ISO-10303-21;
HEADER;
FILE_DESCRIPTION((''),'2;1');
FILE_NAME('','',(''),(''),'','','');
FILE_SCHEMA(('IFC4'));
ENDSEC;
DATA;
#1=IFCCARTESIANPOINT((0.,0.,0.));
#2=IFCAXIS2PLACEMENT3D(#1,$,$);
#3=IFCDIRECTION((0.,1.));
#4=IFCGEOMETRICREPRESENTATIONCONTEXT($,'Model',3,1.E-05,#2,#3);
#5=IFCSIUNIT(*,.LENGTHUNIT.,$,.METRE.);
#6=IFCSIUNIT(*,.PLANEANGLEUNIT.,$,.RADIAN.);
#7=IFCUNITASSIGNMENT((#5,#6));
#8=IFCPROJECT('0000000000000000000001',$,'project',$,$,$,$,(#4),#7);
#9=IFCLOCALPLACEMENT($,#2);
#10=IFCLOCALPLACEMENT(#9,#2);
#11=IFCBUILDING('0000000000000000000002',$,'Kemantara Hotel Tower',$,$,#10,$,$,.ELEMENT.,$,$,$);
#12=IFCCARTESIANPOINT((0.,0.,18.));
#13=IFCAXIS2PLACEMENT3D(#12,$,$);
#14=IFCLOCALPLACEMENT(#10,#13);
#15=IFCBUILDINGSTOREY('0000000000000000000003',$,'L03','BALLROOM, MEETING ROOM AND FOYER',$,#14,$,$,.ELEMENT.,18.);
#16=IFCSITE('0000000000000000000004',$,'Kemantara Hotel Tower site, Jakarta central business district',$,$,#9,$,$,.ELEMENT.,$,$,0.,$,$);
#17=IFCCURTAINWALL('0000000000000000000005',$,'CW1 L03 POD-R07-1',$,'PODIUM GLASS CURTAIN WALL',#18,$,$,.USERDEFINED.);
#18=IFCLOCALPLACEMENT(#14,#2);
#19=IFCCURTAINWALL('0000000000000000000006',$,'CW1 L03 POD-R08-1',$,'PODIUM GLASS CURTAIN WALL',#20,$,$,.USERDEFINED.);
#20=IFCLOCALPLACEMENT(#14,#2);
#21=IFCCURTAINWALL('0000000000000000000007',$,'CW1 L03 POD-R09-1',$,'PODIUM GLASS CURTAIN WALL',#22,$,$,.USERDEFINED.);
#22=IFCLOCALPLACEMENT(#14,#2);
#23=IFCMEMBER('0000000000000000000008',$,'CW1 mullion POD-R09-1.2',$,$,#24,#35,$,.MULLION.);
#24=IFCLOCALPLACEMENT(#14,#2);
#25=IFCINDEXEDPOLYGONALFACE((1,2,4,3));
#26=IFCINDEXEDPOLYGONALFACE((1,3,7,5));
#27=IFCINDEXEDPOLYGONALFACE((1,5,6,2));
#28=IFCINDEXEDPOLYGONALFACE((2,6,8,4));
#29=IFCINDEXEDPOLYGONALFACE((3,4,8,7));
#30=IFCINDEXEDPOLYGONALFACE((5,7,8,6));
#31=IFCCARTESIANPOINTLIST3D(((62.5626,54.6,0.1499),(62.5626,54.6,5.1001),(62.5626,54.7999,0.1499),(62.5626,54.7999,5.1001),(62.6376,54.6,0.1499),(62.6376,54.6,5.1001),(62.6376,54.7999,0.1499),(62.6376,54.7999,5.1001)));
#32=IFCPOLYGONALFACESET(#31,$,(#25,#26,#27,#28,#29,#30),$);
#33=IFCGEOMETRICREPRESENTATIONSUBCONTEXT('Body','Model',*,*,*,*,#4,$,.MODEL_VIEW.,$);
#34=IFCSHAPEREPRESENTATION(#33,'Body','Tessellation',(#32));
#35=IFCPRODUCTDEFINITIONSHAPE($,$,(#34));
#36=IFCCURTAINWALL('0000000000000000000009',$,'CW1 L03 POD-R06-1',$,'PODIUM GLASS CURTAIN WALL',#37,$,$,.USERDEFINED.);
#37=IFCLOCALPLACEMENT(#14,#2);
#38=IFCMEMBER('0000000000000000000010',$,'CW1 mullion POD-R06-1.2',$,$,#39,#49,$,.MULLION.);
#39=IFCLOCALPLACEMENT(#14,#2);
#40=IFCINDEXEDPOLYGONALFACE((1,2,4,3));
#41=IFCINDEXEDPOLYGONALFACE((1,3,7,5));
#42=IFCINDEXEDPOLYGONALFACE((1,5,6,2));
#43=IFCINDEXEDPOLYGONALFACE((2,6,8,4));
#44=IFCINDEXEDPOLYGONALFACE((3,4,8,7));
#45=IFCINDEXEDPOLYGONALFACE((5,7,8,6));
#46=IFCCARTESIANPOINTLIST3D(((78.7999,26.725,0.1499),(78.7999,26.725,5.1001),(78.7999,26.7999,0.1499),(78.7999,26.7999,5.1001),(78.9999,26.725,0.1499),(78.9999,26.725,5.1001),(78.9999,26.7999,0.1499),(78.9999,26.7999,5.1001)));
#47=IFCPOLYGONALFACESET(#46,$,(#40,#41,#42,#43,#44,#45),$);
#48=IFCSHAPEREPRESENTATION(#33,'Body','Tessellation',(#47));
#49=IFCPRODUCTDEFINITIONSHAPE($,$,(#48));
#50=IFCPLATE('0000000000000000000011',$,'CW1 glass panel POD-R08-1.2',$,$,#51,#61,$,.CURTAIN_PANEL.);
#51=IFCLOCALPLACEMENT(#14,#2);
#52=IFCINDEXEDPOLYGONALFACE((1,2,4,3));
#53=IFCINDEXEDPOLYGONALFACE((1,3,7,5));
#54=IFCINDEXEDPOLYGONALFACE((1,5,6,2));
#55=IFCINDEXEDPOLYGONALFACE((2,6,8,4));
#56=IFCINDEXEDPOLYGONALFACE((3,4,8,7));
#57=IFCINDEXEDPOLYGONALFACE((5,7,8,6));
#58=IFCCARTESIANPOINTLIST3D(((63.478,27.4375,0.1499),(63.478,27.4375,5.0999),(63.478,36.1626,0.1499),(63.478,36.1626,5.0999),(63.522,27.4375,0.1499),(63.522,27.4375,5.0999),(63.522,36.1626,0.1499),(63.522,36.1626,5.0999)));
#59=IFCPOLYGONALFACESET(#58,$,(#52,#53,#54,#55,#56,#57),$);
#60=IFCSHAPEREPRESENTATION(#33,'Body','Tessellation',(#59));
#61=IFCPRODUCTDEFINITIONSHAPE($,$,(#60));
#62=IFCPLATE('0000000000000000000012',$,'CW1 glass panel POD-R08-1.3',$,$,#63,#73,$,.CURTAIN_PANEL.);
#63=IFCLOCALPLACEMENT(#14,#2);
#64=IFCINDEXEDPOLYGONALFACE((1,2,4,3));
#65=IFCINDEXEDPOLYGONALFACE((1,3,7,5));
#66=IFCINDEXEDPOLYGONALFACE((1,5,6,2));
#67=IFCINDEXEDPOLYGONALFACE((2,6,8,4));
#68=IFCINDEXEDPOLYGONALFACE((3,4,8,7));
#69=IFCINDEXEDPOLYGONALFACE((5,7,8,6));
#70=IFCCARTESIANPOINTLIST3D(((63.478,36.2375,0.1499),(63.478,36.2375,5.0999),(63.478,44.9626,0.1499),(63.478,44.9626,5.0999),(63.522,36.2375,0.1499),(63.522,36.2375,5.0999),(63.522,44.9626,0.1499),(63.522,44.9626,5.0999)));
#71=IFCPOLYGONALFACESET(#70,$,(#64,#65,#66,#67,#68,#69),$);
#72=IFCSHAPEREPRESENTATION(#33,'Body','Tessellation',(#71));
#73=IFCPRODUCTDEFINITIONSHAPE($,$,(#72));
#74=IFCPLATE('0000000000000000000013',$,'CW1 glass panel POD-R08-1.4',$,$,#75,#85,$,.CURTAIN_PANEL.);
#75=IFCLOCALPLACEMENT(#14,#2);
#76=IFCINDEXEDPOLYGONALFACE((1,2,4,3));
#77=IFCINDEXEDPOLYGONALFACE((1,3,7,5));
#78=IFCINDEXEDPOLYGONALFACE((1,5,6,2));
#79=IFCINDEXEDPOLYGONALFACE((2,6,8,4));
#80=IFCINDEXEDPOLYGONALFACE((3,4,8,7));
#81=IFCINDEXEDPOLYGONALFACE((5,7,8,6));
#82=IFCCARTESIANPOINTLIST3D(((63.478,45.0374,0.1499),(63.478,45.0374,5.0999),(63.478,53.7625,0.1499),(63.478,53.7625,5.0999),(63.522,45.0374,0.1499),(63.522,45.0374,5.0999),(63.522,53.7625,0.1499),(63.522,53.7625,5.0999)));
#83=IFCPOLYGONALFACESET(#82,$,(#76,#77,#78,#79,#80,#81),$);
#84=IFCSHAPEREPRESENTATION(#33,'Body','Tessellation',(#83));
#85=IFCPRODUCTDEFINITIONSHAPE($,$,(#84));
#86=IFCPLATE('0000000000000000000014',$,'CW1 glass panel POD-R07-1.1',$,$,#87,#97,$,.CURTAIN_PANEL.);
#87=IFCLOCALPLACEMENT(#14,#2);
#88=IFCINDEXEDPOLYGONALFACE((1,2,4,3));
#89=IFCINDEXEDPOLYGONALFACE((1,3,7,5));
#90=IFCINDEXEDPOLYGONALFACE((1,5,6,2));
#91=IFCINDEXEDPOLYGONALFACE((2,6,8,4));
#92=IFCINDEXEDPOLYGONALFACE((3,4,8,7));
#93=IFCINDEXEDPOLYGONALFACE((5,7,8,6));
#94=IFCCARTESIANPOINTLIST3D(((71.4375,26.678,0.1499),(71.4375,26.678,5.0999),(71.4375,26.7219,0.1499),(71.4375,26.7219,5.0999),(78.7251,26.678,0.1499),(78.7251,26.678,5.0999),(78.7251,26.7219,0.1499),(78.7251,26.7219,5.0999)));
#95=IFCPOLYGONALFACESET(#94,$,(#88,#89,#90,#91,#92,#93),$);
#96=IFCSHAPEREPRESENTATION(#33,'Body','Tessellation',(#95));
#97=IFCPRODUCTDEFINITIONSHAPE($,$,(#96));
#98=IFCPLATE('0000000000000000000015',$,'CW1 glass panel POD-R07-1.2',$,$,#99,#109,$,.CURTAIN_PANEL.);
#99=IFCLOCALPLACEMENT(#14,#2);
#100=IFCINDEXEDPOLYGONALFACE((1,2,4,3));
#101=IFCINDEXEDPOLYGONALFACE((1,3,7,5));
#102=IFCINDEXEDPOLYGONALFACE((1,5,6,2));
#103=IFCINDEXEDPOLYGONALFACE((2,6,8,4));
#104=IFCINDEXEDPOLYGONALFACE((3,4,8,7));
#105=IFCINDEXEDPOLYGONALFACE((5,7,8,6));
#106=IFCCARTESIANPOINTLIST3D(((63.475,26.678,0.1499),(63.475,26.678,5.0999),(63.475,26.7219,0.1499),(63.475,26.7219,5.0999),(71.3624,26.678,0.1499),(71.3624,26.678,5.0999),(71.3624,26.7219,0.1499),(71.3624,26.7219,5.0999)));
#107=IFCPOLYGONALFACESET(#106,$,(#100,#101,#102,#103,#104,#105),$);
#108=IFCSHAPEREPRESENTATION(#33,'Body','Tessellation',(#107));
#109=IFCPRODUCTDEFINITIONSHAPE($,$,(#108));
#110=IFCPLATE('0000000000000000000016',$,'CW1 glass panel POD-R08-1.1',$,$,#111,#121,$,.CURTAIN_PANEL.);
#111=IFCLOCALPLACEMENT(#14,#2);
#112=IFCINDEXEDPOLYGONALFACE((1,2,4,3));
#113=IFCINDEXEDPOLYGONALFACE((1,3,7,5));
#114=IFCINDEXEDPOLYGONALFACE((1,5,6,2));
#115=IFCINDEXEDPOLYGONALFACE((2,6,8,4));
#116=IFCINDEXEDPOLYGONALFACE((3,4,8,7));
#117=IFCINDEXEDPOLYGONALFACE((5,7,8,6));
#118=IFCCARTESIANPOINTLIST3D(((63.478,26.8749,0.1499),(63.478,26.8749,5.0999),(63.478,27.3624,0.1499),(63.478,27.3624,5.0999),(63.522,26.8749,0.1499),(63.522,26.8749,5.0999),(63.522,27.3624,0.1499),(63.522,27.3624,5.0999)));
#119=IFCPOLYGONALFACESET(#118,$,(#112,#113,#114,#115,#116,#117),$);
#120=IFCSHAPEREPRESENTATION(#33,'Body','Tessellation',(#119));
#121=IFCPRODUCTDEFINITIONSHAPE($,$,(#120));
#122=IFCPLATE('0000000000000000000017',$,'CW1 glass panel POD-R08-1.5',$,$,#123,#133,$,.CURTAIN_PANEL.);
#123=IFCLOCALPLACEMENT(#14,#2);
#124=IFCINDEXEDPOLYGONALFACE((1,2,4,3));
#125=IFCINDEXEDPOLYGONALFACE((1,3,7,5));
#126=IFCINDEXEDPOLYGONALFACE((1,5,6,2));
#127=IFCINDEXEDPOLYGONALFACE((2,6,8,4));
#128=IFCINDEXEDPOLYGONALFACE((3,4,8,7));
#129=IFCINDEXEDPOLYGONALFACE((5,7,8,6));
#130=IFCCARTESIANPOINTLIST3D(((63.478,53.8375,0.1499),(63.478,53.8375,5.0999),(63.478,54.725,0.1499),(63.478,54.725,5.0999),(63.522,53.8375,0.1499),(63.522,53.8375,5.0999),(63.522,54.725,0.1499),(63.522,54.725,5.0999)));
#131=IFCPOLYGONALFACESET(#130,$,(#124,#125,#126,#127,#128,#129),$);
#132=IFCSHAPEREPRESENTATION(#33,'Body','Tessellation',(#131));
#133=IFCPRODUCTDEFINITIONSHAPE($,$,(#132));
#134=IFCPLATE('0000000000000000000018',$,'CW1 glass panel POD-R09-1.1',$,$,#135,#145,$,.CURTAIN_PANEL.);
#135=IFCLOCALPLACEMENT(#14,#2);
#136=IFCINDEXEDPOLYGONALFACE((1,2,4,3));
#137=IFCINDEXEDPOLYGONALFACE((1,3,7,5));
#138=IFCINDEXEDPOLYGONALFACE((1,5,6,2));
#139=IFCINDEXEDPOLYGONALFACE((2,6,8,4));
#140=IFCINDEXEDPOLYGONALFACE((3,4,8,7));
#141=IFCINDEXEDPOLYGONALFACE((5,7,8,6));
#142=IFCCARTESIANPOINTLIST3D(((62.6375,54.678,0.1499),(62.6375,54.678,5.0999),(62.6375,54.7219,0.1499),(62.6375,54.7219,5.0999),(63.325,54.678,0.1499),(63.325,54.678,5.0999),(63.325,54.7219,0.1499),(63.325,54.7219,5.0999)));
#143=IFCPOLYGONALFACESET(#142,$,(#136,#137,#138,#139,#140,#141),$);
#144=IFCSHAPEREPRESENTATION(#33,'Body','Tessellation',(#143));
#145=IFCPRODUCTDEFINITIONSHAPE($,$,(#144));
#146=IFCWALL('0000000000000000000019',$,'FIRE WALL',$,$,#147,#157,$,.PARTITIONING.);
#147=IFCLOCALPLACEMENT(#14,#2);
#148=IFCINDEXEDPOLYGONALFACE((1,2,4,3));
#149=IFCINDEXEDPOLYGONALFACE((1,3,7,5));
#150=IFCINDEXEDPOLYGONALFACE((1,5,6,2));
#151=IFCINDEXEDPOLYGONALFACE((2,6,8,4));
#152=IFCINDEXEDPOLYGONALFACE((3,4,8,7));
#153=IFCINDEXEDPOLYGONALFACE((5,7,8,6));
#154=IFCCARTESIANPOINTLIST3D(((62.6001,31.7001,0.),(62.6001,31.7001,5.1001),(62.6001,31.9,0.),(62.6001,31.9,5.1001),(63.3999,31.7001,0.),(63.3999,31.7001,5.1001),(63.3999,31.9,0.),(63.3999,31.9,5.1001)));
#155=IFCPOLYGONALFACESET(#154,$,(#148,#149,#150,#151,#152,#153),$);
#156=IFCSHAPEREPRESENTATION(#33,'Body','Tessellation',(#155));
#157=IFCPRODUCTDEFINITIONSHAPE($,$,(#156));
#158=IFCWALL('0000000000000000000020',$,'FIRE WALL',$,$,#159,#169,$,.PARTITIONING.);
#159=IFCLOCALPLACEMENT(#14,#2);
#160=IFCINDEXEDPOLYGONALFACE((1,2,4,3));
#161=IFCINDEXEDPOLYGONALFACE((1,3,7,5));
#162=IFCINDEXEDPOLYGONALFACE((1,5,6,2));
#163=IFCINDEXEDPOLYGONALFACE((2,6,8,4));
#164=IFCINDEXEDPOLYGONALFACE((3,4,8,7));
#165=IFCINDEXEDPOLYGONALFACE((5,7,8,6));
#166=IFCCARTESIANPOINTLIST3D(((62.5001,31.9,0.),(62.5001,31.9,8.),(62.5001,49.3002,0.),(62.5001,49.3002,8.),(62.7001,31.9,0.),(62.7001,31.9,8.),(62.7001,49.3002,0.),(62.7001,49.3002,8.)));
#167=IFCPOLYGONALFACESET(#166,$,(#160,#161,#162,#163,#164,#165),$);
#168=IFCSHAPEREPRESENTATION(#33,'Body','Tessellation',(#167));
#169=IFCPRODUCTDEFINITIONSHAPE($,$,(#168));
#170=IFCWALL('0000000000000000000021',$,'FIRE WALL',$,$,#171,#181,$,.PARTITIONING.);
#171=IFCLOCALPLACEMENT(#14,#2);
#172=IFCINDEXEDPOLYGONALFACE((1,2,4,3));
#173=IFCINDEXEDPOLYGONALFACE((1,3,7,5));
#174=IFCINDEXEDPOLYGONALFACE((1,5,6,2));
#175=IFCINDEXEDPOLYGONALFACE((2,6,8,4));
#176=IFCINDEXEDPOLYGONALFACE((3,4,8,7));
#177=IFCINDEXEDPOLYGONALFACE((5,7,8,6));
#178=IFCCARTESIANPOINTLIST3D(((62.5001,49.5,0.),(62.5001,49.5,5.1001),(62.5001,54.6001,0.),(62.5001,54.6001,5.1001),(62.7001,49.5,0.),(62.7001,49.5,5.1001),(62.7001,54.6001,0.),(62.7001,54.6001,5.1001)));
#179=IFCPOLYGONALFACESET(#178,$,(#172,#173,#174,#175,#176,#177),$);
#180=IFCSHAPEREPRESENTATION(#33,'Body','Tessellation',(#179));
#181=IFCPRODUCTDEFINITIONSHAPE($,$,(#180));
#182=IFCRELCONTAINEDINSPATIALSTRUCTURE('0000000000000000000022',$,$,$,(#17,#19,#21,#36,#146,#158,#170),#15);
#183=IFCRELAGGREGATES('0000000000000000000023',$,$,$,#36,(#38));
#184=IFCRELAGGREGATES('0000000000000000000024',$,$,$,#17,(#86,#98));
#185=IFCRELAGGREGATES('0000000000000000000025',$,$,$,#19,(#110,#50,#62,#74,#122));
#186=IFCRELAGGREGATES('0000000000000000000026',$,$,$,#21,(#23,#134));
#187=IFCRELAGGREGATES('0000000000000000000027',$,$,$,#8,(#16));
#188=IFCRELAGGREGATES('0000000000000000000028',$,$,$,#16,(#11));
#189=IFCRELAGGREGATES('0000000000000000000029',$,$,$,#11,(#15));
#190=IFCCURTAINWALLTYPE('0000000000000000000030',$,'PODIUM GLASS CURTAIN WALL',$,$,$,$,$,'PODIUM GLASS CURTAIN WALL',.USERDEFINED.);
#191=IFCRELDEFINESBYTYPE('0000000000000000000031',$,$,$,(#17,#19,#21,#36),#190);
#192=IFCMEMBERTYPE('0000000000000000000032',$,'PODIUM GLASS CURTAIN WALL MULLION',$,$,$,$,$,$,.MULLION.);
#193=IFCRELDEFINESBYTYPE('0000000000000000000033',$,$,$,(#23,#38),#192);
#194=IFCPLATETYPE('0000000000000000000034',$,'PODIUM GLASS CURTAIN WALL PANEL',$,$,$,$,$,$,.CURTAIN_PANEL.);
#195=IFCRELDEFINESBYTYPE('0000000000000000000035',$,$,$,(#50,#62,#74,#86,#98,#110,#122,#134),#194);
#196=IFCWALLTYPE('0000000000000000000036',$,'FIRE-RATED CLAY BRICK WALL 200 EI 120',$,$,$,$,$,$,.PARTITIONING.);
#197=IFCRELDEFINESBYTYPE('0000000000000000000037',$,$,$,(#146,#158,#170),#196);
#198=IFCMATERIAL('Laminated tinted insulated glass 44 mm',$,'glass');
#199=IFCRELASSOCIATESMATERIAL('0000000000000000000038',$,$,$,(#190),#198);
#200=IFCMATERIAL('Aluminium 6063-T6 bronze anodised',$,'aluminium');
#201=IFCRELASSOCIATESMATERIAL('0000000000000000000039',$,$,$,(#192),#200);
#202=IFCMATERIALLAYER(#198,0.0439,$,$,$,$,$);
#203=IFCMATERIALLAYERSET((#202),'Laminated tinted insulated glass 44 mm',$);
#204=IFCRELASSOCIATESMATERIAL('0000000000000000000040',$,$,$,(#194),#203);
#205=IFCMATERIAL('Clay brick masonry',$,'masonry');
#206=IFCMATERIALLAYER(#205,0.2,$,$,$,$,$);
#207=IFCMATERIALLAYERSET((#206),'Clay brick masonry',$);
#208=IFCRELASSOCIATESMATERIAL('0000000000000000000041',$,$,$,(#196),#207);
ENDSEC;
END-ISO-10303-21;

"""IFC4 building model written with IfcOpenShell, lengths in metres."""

from ifc_helpers import new_model, si_unit, direction, frame, frame_2d, origin, origin_2d, place, context, subcontext, project, spatial, rectangle, extrude, source, transform, mapped, material, layer, layer_set, material_profile, profile_set, type_object, element, aggregate, save


model = new_model("IFC4")

# Units and contexts
model_context = context("Model", 3, precision=1e-05, world=origin(), true_north=direction((0.0, 1.0)))
body_context = subcontext(model_context, "Body", "Model", "MODEL_VIEW")
ifc_project = project(units=[si_unit("LENGTHUNIT", "METRE"), si_unit("PLANEANGLEUNIT", "RADIAN")], contexts=[model_context])

# Site, building, storey
site_placement = place(None, origin())
site = spatial("IfcSite", under=ifc_project, at=site_placement, Name="Kemantara Hotel Tower site, Jakarta central business district", CompositionType="ELEMENT", RefElevation=0.0)
building_placement = place(site_placement, origin())
building = spatial("IfcBuilding", under=site, at=building_placement, Name="Kemantara Hotel Tower", CompositionType="ELEMENT")
storey_placement = place(building_placement, frame((0.0, 0.0, 18.0)))
storey = spatial("IfcBuildingStorey", under=building, at=storey_placement, Name="L03", Description="BALLROOM, MEETING ROOM AND FOYER", CompositionType="ELEMENT", Elevation=18.0)

# Curtain walls
ifc_material_1 = material(Name="Laminated tinted insulated glass 44 mm", Category="glass")
curtain_wall_type = type_object("IfcCurtainWallType", Name="PODIUM GLASS CURTAIN WALL", ElementType="PODIUM GLASS CURTAIN WALL", PredefinedType="USERDEFINED", material=ifc_material_1)
curtain_wall_1_placement = place(storey_placement, origin())
curtain_wall_1 = element("IfcCurtainWall", 1, at=curtain_wall_1_placement, inside=storey, type_object=curtain_wall_type, Name="CW1 L03 POD-R07-1", ObjectType="PODIUM GLASS CURTAIN WALL", PredefinedType="USERDEFINED")
ifc_material_2 = material(Name="Aluminium 6063-T6 bronze anodised", Category="aluminium")
curtain_wall_2_placement = place(storey_placement, origin())
curtain_wall_2 = element("IfcCurtainWall", 2, at=curtain_wall_2_placement, inside=storey, type_object=curtain_wall_type, Name="CW1 L03 POD-R08-1", ObjectType="PODIUM GLASS CURTAIN WALL", PredefinedType="USERDEFINED")
curtain_wall_3_placement = place(storey_placement, origin())
curtain_wall_3 = element("IfcCurtainWall", 3, at=curtain_wall_3_placement, inside=storey, type_object=curtain_wall_type, Name="CW1 L03 POD-R09-1", ObjectType="PODIUM GLASS CURTAIN WALL", PredefinedType="USERDEFINED")

# Member
ifc_material_profile_1 = material_profile(ifc_material_2, rectangle(XDim=0.2, YDim=0.075, at=origin_2d()), Name="PODIUM GLASS CURTAIN WALL MULLION")
ifc_profile_set_1 = profile_set([ifc_material_profile_1], Name="Aluminium 6063-T6 bronze anodised")
member_type_1 = type_object("IfcMemberType", Name="PODIUM GLASS CURTAIN WALL MULLION", PredefinedType="MULLION", material=ifc_profile_set_1)
shared_shape_1 = source(origin(), body_context, "Body", "SweptSolid", [
    extrude(rectangle(XDim=0.2, YDim=0.075, at=origin_2d()), origin(), (0.0, 0.0, 1.0), 4.9502),
])
member_1_placement = place(storey_placement, frame((62.6001, 54.7, 0.1499), z_axis=(0.0, 0.0, 1.0), x_axis=(0.0, -1.0, 0.0)))
member_1 = element("IfcMember", 4, at=member_1_placement, type_object=member_type_1, Name="CW1 mullion POD-R09-1.2", PredefinedType="MULLION", context=body_context, shape_type="MappedRepresentation", body=[
    mapped(shared_shape_1, transform((0.0, 0.0, 0.0))),
])

# Curtain wall, member
curtain_wall_4_placement = place(storey_placement, origin())
curtain_wall_4 = element("IfcCurtainWall", 5, at=curtain_wall_4_placement, inside=storey, type_object=curtain_wall_type, Name="CW1 L03 POD-R06-1", ObjectType="PODIUM GLASS CURTAIN WALL", PredefinedType="USERDEFINED")
member_2_placement = place(storey_placement, frame((78.8999, 26.7625, 0.1499), z_axis=(0.0, 0.0, 1.0), x_axis=(-1.0, 0.0, 0.0)))
member_2 = element("IfcMember", 6, at=member_2_placement, type_object=member_type_1, Name="CW1 mullion POD-R06-1.2", PredefinedType="MULLION", context=body_context, shape_type="MappedRepresentation", body=[
    mapped(shared_shape_1, transform((0.0, 0.0, 0.0))),
])
aggregate(curtain_wall_4, [member_2])

# Plates
ifc_layer_1 = layer(ifc_material_1, 0.0439)
ifc_layer_set_1 = layer_set([ifc_layer_1], Name="Laminated tinted insulated glass 44 mm")
plate_type = type_object("IfcPlateType", Name="PODIUM GLASS CURTAIN WALL PANEL", PredefinedType="CURTAIN_PANEL", material=ifc_layer_set_1)
shared_shape_2 = source(origin(), body_context, "Body", "SweptSolid", [
    extrude(rectangle(XDim=8.7251, YDim=0.0439, at=origin_2d()), origin(), (0.0, 0.0, 1.0), 4.95),
])
plate_1_placement = place(storey_placement, frame((63.5, 31.8, 0.1499), z_axis=(0.0, 0.0, 1.0), x_axis=(0.0, 1.0, 0.0)))
plate_1 = element("IfcPlate", 7, at=plate_1_placement, type_object=plate_type, Name="CW1 glass panel POD-R08-1.2", PredefinedType="CURTAIN_PANEL", context=body_context, shape_type="MappedRepresentation", body=[
    mapped(shared_shape_2, transform((0.0, 0.0, 0.0))),
])
plate_2_placement = place(storey_placement, frame((63.5, 40.6001, 0.1499), z_axis=(0.0, 0.0, 1.0), x_axis=(0.0, 1.0, 0.0)))
plate_2 = element("IfcPlate", 8, at=plate_2_placement, type_object=plate_type, Name="CW1 glass panel POD-R08-1.3", PredefinedType="CURTAIN_PANEL", context=body_context, shape_type="MappedRepresentation", body=[
    mapped(shared_shape_2, transform((0.0, 0.0, 0.0))),
])
plate_3_placement = place(storey_placement, frame((63.5, 49.3999, 0.1499), z_axis=(0.0, 0.0, 1.0), x_axis=(0.0, 1.0, 0.0)))
plate_3 = element("IfcPlate", 9, at=plate_3_placement, type_object=plate_type, Name="CW1 glass panel POD-R08-1.4", PredefinedType="CURTAIN_PANEL", context=body_context, shape_type="MappedRepresentation", body=[
    mapped(shared_shape_2, transform((0.0, 0.0, 0.0))),
])
shared_shape_3 = source(origin(), body_context, "Body", "SweptSolid", [
    extrude(rectangle(XDim=7.2876, YDim=0.0439, at=origin_2d()), origin(), (0.0, 0.0, 1.0), 4.95),
])
plate_4_placement = place(storey_placement, frame((75.0813, 26.7, 0.1499), z_axis=(0.0, 0.0, 1.0), x_axis=(-1.0, 0.0, 0.0)))
plate_4 = element("IfcPlate", 10, at=plate_4_placement, type_object=plate_type, Name="CW1 glass panel POD-R07-1.1", PredefinedType="CURTAIN_PANEL", context=body_context, shape_type="MappedRepresentation", body=[
    mapped(shared_shape_3, transform((0.0, 0.0, 0.0))),
])
shared_shape_4 = source(origin(), body_context, "Body", "SweptSolid", [
    extrude(rectangle(XDim=7.8875, YDim=0.0439, at=origin_2d()), origin(), (0.0, 0.0, 1.0), 4.95),
])
plate_5_placement = place(storey_placement, frame((67.4187, 26.7, 0.1499), z_axis=(0.0, 0.0, 1.0), x_axis=(-1.0, 0.0, 0.0)))
plate_5 = element("IfcPlate", 11, at=plate_5_placement, type_object=plate_type, Name="CW1 glass panel POD-R07-1.2", PredefinedType="CURTAIN_PANEL", context=body_context, shape_type="MappedRepresentation", body=[
    mapped(shared_shape_4, transform((0.0, 0.0, 0.0))),
])
aggregate(curtain_wall_1, [plate_4, plate_5])
shared_shape_5 = source(origin(), body_context, "Body", "SweptSolid", [
    extrude(rectangle(XDim=0.4875, YDim=0.0439, at=origin_2d()), origin(), (0.0, 0.0, 1.0), 4.95),
])
plate_6_placement = place(storey_placement, frame((63.5, 27.1187, 0.1499), z_axis=(0.0, 0.0, 1.0), x_axis=(0.0, 1.0, 0.0)))
plate_6 = element("IfcPlate", 12, at=plate_6_placement, type_object=plate_type, Name="CW1 glass panel POD-R08-1.1", PredefinedType="CURTAIN_PANEL", context=body_context, shape_type="MappedRepresentation", body=[
    mapped(shared_shape_5, transform((0.0, 0.0, 0.0))),
])
shared_shape_6 = source(origin(), body_context, "Body", "SweptSolid", [
    extrude(rectangle(XDim=0.8875, YDim=0.0439, at=origin_2d()), origin(), (0.0, 0.0, 1.0), 4.95),
])
plate_7_placement = place(storey_placement, frame((63.5, 54.2812, 0.1499), z_axis=(0.0, 0.0, 1.0), x_axis=(0.0, 1.0, 0.0)))
plate_7 = element("IfcPlate", 13, at=plate_7_placement, type_object=plate_type, Name="CW1 glass panel POD-R08-1.5", PredefinedType="CURTAIN_PANEL", context=body_context, shape_type="MappedRepresentation", body=[
    mapped(shared_shape_6, transform((0.0, 0.0, 0.0))),
])
aggregate(curtain_wall_2, [plate_6, plate_1, plate_2, plate_3, plate_7])
shared_shape_7 = source(origin(), body_context, "Body", "SweptSolid", [
    extrude(rectangle(XDim=0.6875, YDim=0.0439, at=origin_2d()), origin(), (0.0, 0.0, 1.0), 4.95),
])
plate_8_placement = place(storey_placement, frame((62.9812, 54.7, 0.1499), z_axis=(0.0, 0.0, 1.0), x_axis=(-1.0, 0.0, 0.0)))
plate_8 = element("IfcPlate", 14, at=plate_8_placement, type_object=plate_type, Name="CW1 glass panel POD-R09-1.1", PredefinedType="CURTAIN_PANEL", context=body_context, shape_type="MappedRepresentation", body=[
    mapped(shared_shape_7, transform((0.0, 0.0, 0.0))),
])
aggregate(curtain_wall_3, [member_1, plate_8])

# Walls
ifc_material_3 = material(Name="Clay brick masonry", Category="masonry")
ifc_layer_2 = layer(ifc_material_3, 0.2)
ifc_layer_set_2 = layer_set([ifc_layer_2], Name="Clay brick masonry")
wall_type = type_object("IfcWallType", Name="FIRE-RATED CLAY BRICK WALL 200 EI 120", PredefinedType="PARTITIONING", material=ifc_layer_set_2)
wall_1_placement = place(storey_placement, frame((62.6001, 31.8, 0.0), z_axis=(0.0, 0.0, 1.0), x_axis=(1.0, 0.0, 0.0)))
element("IfcWall", 15, at=wall_1_placement, inside=storey, type_object=wall_type, Name="FIRE WALL", PredefinedType="PARTITIONING", context=body_context, shape_type="SweptSolid", body=[
    extrude(rectangle(XDim=0.7998, YDim=0.2, at=frame_2d((0.3999, 0.0))), origin(), (0.0, 0.0, 1.0), 5.1001),
])
wall_2_placement = place(storey_placement, frame((62.6001, 31.8999, 0.0), z_axis=(0.0, 0.0, 1.0), x_axis=(0.0, 1.0, 0.0)))
element("IfcWall", 16, at=wall_2_placement, inside=storey, type_object=wall_type, Name="FIRE WALL", PredefinedType="PARTITIONING", context=body_context, shape_type="SweptSolid", body=[
    extrude(rectangle(XDim=17.4001, YDim=0.2, at=frame_2d((8.7002, 0.0))), origin(), (0.0, 0.0, 1.0), 8.0),
])
wall_3_placement = place(storey_placement, frame((62.6001, 49.5, 0.0), z_axis=(0.0, 0.0, 1.0), x_axis=(0.0, 1.0, 0.0)))
element("IfcWall", 17, at=wall_3_placement, inside=storey, type_object=wall_type, Name="FIRE WALL", PredefinedType="PARTITIONING", context=body_context, shape_type="SweptSolid", body=[
    extrude(rectangle(XDim=5.1001, YDim=0.2, at=frame_2d((2.55, 0.0))), origin(), (0.0, 0.0, 1.0), 5.1001),
])

save(model, "model.ifc")
